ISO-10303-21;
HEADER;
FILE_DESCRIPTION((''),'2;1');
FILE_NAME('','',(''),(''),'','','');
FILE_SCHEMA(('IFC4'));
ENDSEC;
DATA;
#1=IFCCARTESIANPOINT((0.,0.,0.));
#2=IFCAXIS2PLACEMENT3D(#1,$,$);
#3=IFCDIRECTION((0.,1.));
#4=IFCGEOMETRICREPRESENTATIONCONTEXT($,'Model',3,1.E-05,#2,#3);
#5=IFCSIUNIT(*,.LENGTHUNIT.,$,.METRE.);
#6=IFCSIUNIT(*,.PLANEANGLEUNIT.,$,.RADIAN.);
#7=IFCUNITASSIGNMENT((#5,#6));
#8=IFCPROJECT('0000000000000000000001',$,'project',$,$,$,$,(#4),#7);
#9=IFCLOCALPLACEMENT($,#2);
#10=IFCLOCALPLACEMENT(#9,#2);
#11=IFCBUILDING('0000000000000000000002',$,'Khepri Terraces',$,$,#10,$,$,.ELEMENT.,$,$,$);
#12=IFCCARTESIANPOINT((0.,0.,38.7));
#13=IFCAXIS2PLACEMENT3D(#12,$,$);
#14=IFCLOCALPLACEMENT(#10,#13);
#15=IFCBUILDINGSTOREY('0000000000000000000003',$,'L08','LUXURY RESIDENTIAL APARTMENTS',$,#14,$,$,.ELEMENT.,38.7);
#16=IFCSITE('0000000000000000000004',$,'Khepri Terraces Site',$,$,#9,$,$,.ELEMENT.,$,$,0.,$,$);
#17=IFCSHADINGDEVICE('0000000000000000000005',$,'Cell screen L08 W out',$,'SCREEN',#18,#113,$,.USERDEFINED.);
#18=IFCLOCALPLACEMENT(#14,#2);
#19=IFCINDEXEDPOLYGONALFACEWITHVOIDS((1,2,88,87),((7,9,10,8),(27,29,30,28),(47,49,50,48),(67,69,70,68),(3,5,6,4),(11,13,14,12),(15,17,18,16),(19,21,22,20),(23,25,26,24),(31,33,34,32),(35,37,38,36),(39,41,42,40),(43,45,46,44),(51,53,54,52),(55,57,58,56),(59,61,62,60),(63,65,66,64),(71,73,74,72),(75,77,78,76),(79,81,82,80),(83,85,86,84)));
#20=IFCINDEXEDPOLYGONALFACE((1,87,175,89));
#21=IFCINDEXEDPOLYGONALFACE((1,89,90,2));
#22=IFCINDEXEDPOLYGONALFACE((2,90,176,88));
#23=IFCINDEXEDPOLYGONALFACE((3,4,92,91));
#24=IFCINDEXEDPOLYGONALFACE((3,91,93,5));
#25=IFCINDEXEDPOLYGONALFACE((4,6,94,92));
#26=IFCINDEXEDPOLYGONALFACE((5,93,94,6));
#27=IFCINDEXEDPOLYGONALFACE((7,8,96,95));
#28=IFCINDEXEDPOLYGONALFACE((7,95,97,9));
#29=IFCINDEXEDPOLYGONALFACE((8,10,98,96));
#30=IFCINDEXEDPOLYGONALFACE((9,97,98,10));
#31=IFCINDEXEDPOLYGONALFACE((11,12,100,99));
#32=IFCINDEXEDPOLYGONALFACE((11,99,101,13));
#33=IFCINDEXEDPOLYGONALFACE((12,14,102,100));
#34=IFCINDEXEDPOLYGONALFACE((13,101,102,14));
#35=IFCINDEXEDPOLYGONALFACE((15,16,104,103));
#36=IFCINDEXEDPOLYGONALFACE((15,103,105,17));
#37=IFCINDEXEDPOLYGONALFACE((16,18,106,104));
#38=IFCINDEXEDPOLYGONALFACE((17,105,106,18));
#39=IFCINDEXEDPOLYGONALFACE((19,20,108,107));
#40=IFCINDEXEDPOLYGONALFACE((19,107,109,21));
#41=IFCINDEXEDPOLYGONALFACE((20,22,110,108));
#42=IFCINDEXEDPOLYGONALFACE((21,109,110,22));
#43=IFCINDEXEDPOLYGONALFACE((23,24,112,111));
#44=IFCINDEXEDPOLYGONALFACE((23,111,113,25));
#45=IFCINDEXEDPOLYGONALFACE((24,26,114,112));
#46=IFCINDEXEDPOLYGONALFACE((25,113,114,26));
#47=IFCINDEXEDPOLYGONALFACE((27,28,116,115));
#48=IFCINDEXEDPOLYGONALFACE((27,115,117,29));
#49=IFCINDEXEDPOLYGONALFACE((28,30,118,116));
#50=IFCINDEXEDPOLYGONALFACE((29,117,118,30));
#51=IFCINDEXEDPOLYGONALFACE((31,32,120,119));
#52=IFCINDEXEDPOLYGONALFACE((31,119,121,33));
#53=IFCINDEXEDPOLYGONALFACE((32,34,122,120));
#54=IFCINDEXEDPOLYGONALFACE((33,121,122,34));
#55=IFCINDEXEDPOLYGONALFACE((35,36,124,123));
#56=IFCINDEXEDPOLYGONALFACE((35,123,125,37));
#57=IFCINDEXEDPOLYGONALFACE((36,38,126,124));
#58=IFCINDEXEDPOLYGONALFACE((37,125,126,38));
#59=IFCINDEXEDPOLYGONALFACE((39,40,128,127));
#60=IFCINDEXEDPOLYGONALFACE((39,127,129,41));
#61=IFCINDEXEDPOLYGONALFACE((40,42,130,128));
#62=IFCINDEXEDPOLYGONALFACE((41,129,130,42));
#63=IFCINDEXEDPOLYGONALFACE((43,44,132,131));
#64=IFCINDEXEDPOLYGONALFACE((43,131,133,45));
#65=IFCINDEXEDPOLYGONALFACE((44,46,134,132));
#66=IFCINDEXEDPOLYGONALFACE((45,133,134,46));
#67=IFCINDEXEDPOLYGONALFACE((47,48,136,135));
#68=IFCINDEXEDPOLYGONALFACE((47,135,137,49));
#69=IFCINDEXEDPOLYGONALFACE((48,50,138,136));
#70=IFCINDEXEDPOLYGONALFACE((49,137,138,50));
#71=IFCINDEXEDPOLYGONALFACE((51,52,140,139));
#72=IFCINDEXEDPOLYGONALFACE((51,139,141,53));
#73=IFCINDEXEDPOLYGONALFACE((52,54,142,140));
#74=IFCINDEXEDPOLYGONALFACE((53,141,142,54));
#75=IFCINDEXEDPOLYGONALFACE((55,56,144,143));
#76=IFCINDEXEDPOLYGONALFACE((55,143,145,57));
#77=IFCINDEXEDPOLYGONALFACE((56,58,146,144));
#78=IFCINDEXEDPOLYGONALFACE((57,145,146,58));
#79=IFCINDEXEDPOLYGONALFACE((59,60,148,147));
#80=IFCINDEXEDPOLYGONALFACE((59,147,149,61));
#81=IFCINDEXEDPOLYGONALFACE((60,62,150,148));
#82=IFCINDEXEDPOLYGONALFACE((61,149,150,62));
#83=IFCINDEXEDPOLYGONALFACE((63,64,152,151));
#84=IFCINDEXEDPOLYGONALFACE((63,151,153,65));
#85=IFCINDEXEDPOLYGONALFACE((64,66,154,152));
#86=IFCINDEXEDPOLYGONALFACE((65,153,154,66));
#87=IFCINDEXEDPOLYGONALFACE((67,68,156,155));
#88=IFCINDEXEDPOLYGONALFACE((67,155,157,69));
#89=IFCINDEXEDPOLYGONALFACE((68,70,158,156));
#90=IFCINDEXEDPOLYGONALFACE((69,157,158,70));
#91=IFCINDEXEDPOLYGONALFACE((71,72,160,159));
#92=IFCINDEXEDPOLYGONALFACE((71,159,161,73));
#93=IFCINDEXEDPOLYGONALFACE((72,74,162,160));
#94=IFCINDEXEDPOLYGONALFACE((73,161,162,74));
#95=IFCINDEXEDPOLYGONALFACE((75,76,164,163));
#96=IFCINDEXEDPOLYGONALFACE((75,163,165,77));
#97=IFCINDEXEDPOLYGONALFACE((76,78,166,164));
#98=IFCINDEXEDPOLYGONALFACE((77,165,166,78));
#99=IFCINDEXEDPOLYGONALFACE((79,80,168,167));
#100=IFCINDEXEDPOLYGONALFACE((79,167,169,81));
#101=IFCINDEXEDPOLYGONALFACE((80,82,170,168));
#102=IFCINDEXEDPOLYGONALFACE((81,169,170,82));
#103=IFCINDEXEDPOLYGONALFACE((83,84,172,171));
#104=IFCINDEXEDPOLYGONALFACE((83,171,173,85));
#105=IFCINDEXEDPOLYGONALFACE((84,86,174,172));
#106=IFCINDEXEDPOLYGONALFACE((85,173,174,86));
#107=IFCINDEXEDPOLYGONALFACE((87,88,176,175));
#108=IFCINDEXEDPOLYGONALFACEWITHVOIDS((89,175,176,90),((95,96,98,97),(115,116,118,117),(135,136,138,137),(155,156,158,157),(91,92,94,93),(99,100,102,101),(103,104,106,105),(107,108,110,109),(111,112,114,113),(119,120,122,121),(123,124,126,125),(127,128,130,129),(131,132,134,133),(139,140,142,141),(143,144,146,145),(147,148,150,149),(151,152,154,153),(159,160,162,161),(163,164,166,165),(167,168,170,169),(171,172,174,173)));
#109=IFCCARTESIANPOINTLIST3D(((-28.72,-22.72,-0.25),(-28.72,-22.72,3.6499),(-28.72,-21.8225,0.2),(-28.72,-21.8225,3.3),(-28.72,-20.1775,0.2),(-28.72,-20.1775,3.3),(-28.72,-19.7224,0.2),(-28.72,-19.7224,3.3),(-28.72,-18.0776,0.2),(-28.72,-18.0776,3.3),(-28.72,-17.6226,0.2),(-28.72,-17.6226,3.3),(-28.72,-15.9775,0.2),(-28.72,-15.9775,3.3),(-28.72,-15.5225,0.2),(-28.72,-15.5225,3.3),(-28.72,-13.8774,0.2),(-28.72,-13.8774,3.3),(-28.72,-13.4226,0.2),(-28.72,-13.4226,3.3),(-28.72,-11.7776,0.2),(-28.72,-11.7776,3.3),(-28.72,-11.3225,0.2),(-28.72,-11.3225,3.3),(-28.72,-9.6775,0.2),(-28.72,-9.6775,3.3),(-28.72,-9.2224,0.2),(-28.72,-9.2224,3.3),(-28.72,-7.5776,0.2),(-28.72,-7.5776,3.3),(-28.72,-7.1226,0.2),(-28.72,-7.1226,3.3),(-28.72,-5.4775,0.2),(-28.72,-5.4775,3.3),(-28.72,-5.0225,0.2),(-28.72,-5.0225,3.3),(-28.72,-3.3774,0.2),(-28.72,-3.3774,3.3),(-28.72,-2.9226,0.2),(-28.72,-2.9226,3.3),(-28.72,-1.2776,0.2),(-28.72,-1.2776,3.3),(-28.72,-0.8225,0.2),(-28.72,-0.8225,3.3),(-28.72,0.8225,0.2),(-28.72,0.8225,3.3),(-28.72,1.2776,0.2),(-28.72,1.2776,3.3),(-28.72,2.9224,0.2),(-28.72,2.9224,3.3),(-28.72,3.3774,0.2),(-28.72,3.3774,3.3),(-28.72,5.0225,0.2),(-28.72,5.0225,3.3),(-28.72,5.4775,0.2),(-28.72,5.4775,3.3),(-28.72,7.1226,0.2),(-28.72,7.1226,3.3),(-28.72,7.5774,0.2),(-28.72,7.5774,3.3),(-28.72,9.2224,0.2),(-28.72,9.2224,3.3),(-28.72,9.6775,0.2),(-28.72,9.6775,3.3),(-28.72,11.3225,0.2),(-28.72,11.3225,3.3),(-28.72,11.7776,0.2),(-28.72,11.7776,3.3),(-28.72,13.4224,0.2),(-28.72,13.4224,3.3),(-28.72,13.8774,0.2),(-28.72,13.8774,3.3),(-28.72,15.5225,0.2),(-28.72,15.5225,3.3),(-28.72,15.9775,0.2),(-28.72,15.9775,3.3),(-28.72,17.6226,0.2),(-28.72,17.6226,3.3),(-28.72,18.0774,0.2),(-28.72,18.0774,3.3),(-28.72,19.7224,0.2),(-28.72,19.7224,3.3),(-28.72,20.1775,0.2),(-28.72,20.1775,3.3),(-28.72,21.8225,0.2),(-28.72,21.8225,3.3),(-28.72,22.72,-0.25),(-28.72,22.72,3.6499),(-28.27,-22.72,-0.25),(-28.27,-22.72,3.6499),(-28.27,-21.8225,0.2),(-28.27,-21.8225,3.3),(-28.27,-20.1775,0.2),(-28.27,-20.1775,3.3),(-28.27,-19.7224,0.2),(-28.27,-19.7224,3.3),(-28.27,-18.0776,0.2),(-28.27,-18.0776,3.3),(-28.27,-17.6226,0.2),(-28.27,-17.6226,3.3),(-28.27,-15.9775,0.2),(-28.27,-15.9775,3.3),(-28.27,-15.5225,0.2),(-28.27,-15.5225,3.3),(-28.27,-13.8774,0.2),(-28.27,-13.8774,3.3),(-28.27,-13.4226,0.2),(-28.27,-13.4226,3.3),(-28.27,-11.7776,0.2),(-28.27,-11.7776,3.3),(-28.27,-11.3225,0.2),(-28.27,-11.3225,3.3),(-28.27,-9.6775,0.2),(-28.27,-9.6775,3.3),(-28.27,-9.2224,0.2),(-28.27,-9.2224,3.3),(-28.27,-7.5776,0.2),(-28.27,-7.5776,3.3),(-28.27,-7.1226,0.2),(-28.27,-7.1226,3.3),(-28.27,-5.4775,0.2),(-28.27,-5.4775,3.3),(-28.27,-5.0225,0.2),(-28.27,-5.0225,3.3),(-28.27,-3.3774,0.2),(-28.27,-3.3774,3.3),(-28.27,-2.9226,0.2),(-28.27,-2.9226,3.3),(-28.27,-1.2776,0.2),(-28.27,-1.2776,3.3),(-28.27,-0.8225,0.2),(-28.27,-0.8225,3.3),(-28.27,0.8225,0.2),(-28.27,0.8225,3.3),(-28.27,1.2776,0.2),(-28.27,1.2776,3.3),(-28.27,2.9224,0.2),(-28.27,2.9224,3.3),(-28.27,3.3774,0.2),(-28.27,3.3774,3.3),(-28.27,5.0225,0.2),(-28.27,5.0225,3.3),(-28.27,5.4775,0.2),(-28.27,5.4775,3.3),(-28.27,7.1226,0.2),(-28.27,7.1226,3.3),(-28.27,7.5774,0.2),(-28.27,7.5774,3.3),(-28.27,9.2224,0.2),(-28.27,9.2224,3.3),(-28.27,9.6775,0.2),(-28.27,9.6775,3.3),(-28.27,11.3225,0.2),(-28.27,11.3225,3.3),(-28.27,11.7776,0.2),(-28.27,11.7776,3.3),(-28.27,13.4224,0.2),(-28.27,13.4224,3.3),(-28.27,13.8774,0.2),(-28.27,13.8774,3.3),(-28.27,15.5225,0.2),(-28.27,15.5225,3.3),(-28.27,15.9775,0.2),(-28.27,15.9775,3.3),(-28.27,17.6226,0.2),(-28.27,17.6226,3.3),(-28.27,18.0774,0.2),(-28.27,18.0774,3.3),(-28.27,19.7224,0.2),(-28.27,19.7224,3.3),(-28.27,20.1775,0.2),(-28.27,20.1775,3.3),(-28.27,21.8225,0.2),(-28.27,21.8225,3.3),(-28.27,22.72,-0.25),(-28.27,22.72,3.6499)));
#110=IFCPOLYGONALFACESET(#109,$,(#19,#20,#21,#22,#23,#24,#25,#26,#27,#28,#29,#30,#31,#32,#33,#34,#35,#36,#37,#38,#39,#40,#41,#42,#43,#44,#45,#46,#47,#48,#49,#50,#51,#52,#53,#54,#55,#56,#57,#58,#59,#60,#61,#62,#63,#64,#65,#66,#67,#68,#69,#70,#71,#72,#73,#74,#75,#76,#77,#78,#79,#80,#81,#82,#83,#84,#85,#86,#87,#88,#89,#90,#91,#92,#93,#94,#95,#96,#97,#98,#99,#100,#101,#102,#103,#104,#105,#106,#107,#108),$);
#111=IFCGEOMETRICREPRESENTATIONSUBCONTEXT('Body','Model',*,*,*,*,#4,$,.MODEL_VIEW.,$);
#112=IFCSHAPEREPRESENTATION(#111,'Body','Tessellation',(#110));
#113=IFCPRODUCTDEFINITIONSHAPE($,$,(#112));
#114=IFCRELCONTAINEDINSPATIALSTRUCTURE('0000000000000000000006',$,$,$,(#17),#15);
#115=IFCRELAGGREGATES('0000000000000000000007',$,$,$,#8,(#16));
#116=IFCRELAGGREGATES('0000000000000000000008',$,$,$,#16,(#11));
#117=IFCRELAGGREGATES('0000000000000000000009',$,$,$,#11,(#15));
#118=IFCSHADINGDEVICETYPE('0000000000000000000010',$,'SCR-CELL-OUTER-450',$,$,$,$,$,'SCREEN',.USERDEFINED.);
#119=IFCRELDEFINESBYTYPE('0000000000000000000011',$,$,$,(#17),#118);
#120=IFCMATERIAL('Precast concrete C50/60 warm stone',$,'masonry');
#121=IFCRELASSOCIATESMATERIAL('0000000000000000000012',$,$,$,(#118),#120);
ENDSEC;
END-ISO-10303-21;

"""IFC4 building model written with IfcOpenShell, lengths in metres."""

from ifc_helpers import new_model, si_unit, direction, frame, origin, place, context, subcontext, project, spatial, polyline, outline, extrude, material, type_object, element, save


model = new_model("IFC4")

# Units and contexts
model_context = context("Model", 3, precision=1e-05, world=origin(), true_north=direction((0.0, 1.0)))
body_context = subcontext(model_context, "Body", "Model", "MODEL_VIEW")
ifc_project = project(units=[si_unit("LENGTHUNIT", "METRE"), si_unit("PLANEANGLEUNIT", "RADIAN")], contexts=[model_context])

# Site, building, storey
site_placement = place(None, origin())
site = spatial("IfcSite", under=ifc_project, at=site_placement, Name="Khepri Terraces Site", CompositionType="ELEMENT", RefElevation=0.0)
building_placement = place(site_placement, origin())
building = spatial("IfcBuilding", under=site, at=building_placement, Name="Khepri Terraces", CompositionType="ELEMENT")
storey_placement = place(building_placement, frame((0.0, 0.0, 38.7)))
storey = spatial("IfcBuildingStorey", under=building, at=storey_placement, Name="L08", Description="LUXURY RESIDENTIAL APARTMENTS", CompositionType="ELEMENT", Elevation=38.7)

# Shared definitions
ifc_material_1 = material(Name="Precast concrete C50/60 warm stone", Category="masonry")

# Shading device
shading_device_type_1 = type_object("IfcShadingDeviceType", Name="SCR-CELL-OUTER-450", ElementType="SCREEN", PredefinedType="USERDEFINED", material=ifc_material_1)
shading_device_1_placement = place(storey_placement, frame((-28.27, 22.72, -0.25), z_axis=(-1.0, 0.0, 0.0), x_axis=(0.0, -1.0, 0.0)))
element("IfcShadingDevice", 1, at=shading_device_1_placement, inside=storey, type_object=shading_device_type_1, Name="Cell screen L08 W out", ObjectType="SCREEN", PredefinedType="USERDEFINED", context=body_context, shape_type="SweptSolid", body=[
    extrude(outline(polyline([(0.0, 0.0), (45.4399, 0.0), (45.4399, 3.8999), (0.0, 3.8999), (0.0, 0.0)]), holes=[polyline([(0.8975, 0.45), (2.5425, 0.45), (2.5425, 3.55), (0.8975, 3.55), (0.8975, 0.45)]), polyline([(2.9976, 0.45), (4.6426, 0.45), (4.6426, 3.55), (2.9976, 3.55), (2.9976, 0.45)]), polyline([(5.0974, 0.45), (6.7424, 0.45), (6.7424, 3.55), (5.0974, 3.55), (5.0974, 0.45)]), polyline([(7.1975, 0.45), (8.8425, 0.45), (8.8425, 3.55), (7.1975, 3.55), (7.1975, 0.45)]), polyline([(9.2976, 0.45), (10.9424, 0.45), (10.9424, 3.55), (9.2976, 3.55), (9.2976, 0.45)]), polyline([(11.3975, 0.45), (13.0425, 0.45), (13.0425, 3.55), (11.3975, 3.55), (11.3975, 0.45)]), polyline([(13.4976, 0.45), (15.1426, 0.45), (15.1426, 3.55), (13.4976, 3.55), (13.4976, 0.45)]), polyline([(15.5974, 0.45), (17.2424, 0.45), (17.2424, 3.55), (15.5974, 3.55), (15.5974, 0.45)]), polyline([(17.6975, 0.45), (19.3425, 0.45), (19.3425, 3.55), (17.6975, 3.55), (17.6975, 0.45)]), polyline([(19.7976, 0.45), (21.4424, 0.45), (21.4424, 3.55), (19.7976, 3.55), (19.7976, 0.45)]), polyline([(21.8975, 0.45), (23.5425, 0.45), (23.5425, 3.55), (21.8975, 3.55), (21.8975, 0.45)]), polyline([(23.9976, 0.45), (25.6426, 0.45), (25.6426, 3.55), (23.9976, 3.55), (23.9976, 0.45)]), polyline([(26.0974, 0.45), (27.7424, 0.45), (27.7424, 3.55), (26.0974, 3.55), (26.0974, 0.45)]), polyline([(28.1975, 0.45), (29.8425, 0.45), (29.8425, 3.55), (28.1975, 3.55), (28.1975, 0.45)]), polyline([(30.2976, 0.45), (31.9424, 0.45), (31.9424, 3.55), (30.2976, 3.55), (30.2976, 0.45)]), polyline([(32.3975, 0.45), (34.0425, 0.45), (34.0425, 3.55), (32.3975, 3.55), (32.3975, 0.45)]), polyline([(34.4976, 0.45), (36.1426, 0.45), (36.1426, 3.55), (34.4976, 3.55), (34.4976, 0.45)]), polyline([(36.5974, 0.45), (38.2424, 0.45), (38.2424, 3.55), (36.5974, 3.55), (36.5974, 0.45)]), polyline([(38.6975, 0.45), (40.3425, 0.45), (40.3425, 3.55), (38.6975, 3.55), (38.6975, 0.45)]), polyline([(40.7976, 0.45), (42.4424, 0.45), (42.4424, 3.55), (40.7976, 3.55), (40.7976, 0.45)]), polyline([(42.8975, 0.45), (44.5425, 0.45), (44.5425, 3.55), (42.8975, 3.55), (42.8975, 0.45)])]), origin(), (0.0, 0.0, 1.0), 0.45),
])

save(model, "model.ifc")
